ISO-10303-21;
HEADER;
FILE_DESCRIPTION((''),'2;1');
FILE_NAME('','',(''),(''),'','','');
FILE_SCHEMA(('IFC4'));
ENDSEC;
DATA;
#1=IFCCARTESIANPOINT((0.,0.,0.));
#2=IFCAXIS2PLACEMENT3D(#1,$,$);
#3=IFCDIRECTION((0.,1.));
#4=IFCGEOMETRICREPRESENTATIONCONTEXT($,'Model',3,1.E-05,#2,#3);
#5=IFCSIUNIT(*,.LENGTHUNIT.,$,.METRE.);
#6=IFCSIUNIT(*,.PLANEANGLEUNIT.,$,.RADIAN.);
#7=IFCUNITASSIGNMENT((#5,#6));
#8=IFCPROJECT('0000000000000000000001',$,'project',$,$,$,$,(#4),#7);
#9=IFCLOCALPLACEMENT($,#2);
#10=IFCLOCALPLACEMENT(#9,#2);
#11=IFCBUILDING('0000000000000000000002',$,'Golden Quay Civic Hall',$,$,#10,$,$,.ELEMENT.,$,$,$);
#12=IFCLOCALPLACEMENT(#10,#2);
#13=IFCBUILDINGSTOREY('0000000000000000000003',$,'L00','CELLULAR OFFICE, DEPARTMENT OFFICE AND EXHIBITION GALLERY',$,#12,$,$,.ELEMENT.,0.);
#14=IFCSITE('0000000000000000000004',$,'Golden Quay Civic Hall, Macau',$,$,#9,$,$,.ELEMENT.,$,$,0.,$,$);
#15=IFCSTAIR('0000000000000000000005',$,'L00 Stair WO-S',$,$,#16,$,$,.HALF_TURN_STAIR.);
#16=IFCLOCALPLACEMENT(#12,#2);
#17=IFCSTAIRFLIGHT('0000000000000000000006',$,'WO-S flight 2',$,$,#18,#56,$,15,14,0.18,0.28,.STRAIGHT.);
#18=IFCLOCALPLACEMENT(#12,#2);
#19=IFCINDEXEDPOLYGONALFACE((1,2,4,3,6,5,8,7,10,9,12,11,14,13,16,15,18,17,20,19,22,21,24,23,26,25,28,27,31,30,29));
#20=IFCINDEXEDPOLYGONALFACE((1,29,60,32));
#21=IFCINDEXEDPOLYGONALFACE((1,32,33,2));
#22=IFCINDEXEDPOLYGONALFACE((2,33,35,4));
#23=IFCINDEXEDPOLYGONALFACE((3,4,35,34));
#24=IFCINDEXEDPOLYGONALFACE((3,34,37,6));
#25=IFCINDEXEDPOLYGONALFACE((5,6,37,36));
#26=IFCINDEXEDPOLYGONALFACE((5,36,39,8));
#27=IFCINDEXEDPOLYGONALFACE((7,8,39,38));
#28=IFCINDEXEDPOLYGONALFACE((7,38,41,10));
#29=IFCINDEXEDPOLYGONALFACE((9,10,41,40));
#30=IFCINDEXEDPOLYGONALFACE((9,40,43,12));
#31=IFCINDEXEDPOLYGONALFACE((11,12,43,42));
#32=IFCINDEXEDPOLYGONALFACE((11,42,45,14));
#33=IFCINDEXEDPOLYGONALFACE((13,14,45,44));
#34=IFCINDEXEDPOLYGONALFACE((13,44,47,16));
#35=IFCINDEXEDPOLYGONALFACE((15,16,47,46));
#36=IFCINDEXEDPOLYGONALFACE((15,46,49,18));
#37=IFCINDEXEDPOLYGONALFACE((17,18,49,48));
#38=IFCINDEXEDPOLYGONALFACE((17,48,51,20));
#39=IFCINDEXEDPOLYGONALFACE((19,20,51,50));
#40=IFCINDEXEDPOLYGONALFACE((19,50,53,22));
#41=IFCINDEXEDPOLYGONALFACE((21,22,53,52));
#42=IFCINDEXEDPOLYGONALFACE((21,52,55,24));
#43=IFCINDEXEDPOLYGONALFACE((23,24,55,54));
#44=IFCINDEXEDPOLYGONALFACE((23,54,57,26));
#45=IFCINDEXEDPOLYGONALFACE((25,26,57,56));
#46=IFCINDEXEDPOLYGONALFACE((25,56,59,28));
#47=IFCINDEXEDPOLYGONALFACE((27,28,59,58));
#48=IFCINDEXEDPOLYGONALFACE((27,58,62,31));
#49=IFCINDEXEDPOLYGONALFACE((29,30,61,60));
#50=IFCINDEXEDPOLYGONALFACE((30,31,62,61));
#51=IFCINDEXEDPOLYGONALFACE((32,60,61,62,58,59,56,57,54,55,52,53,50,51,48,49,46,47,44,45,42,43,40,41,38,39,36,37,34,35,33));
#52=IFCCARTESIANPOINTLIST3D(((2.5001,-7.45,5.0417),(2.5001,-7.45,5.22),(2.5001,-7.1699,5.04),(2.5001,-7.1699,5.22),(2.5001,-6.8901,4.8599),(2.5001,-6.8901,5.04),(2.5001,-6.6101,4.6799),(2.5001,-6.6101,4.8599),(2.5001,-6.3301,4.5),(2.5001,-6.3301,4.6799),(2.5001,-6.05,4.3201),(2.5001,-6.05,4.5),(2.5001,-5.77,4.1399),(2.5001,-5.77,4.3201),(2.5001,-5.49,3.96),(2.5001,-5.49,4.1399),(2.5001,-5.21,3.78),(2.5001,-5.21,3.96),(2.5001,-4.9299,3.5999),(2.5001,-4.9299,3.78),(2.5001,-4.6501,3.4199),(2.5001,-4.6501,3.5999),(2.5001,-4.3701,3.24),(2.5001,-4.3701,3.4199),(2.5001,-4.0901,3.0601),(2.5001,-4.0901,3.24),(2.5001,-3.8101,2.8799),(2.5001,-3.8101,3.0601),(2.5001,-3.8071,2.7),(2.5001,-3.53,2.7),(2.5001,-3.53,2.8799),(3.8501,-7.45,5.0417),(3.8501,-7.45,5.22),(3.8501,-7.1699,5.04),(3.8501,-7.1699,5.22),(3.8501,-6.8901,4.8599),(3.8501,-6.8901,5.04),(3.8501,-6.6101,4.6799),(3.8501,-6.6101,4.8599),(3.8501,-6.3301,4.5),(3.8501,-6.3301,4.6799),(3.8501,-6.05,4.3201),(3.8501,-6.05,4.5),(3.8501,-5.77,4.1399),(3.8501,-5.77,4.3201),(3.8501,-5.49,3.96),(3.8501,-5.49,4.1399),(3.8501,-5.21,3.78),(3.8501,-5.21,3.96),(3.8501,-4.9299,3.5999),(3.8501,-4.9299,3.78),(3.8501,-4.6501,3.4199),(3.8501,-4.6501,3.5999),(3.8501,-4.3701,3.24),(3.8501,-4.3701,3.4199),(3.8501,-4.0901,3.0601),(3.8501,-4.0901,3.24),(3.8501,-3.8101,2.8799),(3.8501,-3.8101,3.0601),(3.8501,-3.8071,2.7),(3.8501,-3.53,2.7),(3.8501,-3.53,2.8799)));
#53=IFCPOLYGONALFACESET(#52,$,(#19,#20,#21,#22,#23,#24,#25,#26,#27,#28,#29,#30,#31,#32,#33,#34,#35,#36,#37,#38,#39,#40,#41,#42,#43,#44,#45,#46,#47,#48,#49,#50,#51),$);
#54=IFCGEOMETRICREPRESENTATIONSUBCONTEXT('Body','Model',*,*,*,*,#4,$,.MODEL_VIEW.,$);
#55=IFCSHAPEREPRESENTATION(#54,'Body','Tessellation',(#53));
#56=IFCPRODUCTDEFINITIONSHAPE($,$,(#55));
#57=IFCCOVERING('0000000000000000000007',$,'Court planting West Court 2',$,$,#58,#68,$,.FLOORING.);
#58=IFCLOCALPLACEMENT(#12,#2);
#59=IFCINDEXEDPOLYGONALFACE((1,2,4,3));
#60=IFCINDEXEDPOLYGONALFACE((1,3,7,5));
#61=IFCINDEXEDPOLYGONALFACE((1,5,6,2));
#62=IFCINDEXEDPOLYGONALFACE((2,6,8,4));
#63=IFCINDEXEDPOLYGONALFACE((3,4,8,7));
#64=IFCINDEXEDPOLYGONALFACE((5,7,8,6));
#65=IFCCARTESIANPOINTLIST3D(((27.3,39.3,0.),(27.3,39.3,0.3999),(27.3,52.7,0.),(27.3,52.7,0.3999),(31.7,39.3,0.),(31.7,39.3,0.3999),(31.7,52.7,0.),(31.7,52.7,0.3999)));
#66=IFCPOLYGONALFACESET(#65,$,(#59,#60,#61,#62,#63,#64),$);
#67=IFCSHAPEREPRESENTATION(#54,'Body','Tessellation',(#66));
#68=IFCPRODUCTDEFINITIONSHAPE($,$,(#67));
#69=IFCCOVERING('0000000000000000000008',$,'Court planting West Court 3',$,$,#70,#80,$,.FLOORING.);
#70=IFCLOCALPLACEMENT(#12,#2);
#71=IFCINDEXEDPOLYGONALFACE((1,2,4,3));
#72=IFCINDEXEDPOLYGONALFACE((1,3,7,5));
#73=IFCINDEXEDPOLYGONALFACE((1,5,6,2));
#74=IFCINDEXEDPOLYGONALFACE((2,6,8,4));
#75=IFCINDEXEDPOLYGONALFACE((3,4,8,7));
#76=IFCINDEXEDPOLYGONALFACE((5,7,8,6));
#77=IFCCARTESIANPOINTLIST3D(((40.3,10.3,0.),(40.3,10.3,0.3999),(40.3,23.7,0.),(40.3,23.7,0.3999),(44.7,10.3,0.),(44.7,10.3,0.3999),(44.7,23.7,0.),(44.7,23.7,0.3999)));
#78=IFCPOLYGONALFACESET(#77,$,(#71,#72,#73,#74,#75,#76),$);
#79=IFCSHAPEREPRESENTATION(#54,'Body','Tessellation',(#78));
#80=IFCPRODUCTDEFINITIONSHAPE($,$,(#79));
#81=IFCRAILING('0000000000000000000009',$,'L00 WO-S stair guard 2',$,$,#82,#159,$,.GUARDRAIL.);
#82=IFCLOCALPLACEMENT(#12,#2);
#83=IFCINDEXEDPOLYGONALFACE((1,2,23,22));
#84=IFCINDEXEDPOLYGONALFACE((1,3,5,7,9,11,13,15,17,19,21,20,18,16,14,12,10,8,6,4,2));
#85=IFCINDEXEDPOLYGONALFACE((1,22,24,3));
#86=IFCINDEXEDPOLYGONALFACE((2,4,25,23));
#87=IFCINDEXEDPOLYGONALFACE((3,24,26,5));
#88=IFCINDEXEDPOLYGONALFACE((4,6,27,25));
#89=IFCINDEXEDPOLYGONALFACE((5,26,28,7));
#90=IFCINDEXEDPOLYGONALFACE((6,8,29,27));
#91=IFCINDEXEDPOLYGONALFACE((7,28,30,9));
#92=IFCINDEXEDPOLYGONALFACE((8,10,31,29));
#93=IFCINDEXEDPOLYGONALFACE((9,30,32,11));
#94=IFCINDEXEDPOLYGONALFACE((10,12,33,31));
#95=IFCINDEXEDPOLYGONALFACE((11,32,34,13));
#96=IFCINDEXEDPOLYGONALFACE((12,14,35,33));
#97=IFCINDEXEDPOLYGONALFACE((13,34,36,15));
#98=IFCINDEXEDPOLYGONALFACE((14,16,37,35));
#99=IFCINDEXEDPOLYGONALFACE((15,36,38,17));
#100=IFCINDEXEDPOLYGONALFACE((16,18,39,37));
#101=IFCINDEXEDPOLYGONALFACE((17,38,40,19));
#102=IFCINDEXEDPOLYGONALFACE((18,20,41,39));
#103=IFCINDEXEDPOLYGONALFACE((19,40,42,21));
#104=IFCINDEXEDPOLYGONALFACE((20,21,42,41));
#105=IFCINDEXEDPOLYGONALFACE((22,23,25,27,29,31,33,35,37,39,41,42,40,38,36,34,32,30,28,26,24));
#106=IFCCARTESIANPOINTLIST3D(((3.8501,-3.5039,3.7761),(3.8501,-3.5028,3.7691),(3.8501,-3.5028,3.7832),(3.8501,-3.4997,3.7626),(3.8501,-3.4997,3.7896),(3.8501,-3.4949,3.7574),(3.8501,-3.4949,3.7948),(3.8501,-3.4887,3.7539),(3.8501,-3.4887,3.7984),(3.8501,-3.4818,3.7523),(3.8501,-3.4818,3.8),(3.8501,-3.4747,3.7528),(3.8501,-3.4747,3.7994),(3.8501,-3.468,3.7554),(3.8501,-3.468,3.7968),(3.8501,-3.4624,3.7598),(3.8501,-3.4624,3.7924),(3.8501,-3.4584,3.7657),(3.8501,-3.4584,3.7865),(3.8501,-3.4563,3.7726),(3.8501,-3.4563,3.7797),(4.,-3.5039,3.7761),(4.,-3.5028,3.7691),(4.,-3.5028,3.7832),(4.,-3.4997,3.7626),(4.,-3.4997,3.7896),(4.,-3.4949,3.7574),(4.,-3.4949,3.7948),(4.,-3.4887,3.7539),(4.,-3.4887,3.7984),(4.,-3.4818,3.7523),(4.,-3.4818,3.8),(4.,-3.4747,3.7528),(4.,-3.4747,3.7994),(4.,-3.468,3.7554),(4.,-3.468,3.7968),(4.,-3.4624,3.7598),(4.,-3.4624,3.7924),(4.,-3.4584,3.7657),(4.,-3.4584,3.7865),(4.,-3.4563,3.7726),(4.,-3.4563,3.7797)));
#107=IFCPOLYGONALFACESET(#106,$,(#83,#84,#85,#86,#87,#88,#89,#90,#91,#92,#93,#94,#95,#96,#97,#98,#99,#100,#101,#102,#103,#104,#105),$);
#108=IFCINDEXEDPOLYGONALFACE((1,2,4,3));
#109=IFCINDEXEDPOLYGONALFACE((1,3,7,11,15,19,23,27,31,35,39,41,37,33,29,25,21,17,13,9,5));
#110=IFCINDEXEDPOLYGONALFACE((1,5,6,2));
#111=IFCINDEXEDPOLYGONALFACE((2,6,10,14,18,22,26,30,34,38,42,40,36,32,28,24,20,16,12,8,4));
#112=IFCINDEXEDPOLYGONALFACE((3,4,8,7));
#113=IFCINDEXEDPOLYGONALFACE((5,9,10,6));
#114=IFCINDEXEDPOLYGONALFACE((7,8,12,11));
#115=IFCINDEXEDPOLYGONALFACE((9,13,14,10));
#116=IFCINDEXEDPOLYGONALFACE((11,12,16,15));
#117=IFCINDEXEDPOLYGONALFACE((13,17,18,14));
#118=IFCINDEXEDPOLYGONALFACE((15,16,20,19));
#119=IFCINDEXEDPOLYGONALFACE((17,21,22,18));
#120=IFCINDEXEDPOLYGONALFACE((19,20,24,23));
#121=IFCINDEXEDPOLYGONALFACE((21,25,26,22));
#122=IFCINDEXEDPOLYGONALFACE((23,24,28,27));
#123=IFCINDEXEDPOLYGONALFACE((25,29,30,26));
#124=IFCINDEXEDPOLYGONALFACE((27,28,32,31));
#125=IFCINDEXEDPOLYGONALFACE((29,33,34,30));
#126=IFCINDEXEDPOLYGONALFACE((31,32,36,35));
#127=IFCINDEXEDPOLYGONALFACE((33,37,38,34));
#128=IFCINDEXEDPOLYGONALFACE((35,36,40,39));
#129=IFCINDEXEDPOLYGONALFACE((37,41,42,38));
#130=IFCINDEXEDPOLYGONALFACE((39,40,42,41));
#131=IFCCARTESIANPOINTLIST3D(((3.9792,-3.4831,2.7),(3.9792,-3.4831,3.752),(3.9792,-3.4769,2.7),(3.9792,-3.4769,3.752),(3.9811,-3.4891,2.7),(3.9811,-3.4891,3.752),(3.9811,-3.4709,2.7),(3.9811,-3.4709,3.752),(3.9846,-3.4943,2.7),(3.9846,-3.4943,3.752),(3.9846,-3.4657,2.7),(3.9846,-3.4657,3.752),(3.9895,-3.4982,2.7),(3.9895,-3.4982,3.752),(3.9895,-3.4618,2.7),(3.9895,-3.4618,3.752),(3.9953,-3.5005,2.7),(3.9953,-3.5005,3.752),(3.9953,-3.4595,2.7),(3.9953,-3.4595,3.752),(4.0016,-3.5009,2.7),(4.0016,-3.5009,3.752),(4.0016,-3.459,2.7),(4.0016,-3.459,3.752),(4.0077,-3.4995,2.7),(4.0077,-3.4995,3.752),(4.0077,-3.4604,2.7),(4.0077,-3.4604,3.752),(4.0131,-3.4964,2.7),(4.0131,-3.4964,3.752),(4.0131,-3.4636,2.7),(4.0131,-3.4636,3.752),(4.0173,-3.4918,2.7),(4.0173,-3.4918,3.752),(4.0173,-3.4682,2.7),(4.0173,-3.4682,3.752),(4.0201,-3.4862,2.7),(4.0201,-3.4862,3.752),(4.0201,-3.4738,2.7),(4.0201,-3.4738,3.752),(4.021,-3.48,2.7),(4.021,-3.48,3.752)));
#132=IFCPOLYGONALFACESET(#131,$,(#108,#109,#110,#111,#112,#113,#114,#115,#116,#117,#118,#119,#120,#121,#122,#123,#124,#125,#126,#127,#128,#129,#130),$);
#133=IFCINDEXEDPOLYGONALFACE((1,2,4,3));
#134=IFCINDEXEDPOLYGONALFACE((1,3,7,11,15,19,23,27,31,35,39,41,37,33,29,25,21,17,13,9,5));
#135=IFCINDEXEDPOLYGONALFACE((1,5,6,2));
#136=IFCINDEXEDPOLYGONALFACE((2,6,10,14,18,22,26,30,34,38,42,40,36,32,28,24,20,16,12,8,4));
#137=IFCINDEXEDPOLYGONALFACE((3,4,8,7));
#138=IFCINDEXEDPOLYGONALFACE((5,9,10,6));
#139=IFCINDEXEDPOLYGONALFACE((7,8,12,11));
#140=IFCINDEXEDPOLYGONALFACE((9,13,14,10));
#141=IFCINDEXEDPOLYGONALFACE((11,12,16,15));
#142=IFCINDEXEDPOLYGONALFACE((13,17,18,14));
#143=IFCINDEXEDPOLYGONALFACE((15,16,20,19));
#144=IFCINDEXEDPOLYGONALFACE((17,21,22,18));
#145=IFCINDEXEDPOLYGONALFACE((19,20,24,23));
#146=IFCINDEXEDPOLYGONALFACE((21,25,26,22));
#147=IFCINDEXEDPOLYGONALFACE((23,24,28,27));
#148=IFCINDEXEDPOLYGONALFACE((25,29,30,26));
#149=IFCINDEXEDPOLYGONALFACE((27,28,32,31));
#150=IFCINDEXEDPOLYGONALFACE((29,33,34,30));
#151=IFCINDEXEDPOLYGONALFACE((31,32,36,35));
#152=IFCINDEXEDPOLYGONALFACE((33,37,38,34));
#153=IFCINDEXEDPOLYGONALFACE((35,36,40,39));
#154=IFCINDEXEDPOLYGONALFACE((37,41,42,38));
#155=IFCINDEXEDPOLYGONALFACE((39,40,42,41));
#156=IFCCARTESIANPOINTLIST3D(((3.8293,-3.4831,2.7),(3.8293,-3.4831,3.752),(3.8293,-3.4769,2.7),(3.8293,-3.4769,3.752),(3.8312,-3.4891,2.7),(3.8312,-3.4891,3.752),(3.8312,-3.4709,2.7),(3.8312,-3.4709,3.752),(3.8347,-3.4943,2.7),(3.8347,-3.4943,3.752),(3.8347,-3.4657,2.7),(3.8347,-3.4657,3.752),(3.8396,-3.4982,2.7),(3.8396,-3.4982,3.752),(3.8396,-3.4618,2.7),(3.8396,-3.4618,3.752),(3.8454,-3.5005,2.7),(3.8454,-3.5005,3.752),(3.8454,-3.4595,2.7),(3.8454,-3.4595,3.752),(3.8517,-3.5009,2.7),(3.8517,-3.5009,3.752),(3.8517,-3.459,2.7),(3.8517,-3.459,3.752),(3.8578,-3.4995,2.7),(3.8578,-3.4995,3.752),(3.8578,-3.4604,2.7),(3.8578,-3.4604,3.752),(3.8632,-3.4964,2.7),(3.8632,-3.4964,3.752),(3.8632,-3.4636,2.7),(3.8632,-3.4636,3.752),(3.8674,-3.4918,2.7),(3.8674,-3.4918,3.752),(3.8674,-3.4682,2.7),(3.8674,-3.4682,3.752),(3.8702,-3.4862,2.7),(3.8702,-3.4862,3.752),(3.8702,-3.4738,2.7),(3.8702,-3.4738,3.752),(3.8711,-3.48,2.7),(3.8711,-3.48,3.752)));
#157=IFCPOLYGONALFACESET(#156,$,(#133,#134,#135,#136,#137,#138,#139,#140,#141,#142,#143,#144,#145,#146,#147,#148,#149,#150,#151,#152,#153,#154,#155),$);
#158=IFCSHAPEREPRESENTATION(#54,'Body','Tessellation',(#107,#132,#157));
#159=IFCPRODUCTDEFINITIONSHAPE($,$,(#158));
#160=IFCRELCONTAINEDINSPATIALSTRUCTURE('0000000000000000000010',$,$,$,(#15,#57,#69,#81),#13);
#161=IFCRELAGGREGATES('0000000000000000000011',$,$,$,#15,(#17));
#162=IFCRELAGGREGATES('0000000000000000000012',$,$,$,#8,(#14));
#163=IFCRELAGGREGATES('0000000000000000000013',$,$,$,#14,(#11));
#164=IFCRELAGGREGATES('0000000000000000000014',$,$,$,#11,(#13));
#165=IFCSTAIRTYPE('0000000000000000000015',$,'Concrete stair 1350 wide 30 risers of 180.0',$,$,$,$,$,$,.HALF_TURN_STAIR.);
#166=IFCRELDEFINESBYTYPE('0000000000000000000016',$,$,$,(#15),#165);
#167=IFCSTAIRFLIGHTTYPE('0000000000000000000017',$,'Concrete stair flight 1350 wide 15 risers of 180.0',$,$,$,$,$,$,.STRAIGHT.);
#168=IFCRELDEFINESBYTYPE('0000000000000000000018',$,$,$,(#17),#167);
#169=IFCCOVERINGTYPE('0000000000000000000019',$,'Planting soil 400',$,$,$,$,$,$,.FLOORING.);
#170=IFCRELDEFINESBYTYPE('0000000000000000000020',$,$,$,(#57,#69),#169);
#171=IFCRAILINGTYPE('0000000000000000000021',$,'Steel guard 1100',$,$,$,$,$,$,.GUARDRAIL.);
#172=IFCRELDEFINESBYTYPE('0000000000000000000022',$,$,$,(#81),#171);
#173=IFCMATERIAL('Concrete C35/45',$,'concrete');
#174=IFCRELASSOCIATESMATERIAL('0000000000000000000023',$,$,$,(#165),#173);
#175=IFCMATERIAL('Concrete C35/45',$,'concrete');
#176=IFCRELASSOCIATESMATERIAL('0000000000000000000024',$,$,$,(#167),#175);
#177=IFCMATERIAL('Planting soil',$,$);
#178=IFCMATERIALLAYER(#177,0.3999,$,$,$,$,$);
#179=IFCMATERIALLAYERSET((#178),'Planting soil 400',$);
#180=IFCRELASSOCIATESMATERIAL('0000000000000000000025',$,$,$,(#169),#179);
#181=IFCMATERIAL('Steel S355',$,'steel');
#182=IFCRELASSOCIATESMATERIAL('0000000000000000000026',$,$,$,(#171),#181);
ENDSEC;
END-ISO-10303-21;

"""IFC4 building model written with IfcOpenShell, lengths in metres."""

from ifc_helpers import new_model, si_unit, direction, frame, origin, origin_2d, place, context, subcontext, project, spatial, polyline, circle, outline, extrude, material, layer, layer_set, type_object, element, aggregate, save


model = new_model("IFC4")

# Units and contexts
model_context = context("Model", 3, precision=1e-05, world=origin(), true_north=direction((0.0, 1.0)))
body_context = subcontext(model_context, "Body", "Model", "MODEL_VIEW")
ifc_project = project(units=[si_unit("LENGTHUNIT", "METRE"), si_unit("PLANEANGLEUNIT", "RADIAN")], contexts=[model_context])

# Site, building, storey
site_placement = place(None, origin())
site = spatial("IfcSite", under=ifc_project, at=site_placement, Name="Golden Quay Civic Hall, Macau", CompositionType="ELEMENT", RefElevation=0.0)
building_placement = place(site_placement, origin())
building = spatial("IfcBuilding", under=site, at=building_placement, Name="Golden Quay Civic Hall", CompositionType="ELEMENT")
storey_placement = place(building_placement, origin())
storey = spatial("IfcBuildingStorey", under=building, at=storey_placement, Name="L00", Description="CELLULAR OFFICE, DEPARTMENT OFFICE AND EXHIBITION GALLERY", CompositionType="ELEMENT", Elevation=0.0)

# Stair, stair flight
ifc_material_1 = material(Name="Concrete C35/45", Category="concrete")
stair_type = type_object("IfcStairType", Name="Concrete stair 1350 wide 30 risers of 180.0", PredefinedType="HALF_TURN_STAIR", material=ifc_material_1)
stair_placement = place(storey_placement, origin())
stair = element("IfcStair", 1, at=stair_placement, inside=storey, type_object=stair_type, Name="L00 Stair WO-S", PredefinedType="HALF_TURN_STAIR")
ifc_material_2 = material(Name="Concrete C35/45", Category="concrete")
stair_flight_type = type_object("IfcStairFlightType", Name="Concrete stair flight 1350 wide 15 risers of 180.0", PredefinedType="STRAIGHT", material=ifc_material_2)
stair_flight_placement = place(storey_placement, frame((3.175, -3.53, 2.7), z_axis=(0.0, 0.0, 1.0), x_axis=(0.0, -1.0, 0.0)))
stair_flight = element("IfcStairFlight", 2, at=stair_flight_placement, type_object=stair_flight_type, Name="WO-S flight 2", NumberOfRisers=15, NumberOfTreads=14, PredefinedType="STRAIGHT", RiserHeight=0.18, TreadLength=0.28, context=body_context, shape_type="SweptSolid", body=[
    extrude(outline(polyline([(0.0, 0.0), (0.0, 0.1799), (0.28, 0.1799), (0.28, 0.3601), (0.5601, 0.3601), (0.5601, 0.54), (0.8401, 0.54), (0.8401, 0.72), (1.1201, 0.72), (1.1201, 0.8999), (1.3999, 0.8999), (1.3999, 1.0801), (1.6799, 1.0801), (1.6799, 1.26), (1.96, 1.26), (1.96, 1.4399), (2.24, 1.4399), (2.24, 1.6201), (2.52, 1.6201), (2.52, 1.8), (2.8, 1.8), (2.8, 1.98), (3.0801, 1.98), (3.0801, 2.1599), (3.3601, 2.1599), (3.3601, 2.3401), (3.6399, 2.3401), (3.6399, 2.52), (3.9199, 2.52), (3.9199, 2.7), (3.9199, 2.3418), (0.2771, 0.0), (0.0, 0.0)])), frame((0.0, 0.675, 0.0), z_axis=(0.0, -1.0, 0.0), x_axis=(1.0, 0.0, 0.0)), (0.0, 0.0, 1.0), 1.35),
])
aggregate(stair, [stair_flight])

# Coverings
ifc_material_3 = material(Name="Planting soil")
ifc_layer_1 = layer(ifc_material_3, 0.3999)
ifc_layer_set_1 = layer_set([ifc_layer_1], Name="Planting soil 400")
covering_type = type_object("IfcCoveringType", Name="Planting soil 400", PredefinedType="FLOORING", material=ifc_layer_set_1)
covering_1_placement = place(storey_placement, origin())
element("IfcCovering", 3, at=covering_1_placement, inside=storey, type_object=covering_type, Name="Court planting West Court 2", PredefinedType="FLOORING", context=body_context, shape_type="SweptSolid", body=[
    extrude(outline(polyline([(27.3, 39.3), (31.7, 39.3), (31.7, 52.7), (27.3, 52.7), (27.3, 39.3)])), origin(), (0.0, 0.0, 1.0), 0.3999),
])
covering_2_placement = place(storey_placement, origin())
element("IfcCovering", 4, at=covering_2_placement, inside=storey, type_object=covering_type, Name="Court planting West Court 3", PredefinedType="FLOORING", context=body_context, shape_type="SweptSolid", body=[
    extrude(outline(polyline([(40.3, 10.3), (44.7, 10.3), (44.7, 23.7), (40.3, 23.7), (40.3, 10.3)])), origin(), (0.0, 0.0, 1.0), 0.3999),
])

# Railing
ifc_material_4 = material(Name="Steel S355", Category="steel")
railing_type_1 = type_object("IfcRailingType", Name="Steel guard 1100", PredefinedType="GUARDRAIL", material=ifc_material_4)
railing_1_placement = place(storey_placement, frame((4.0, -3.48, 2.7)))
element("IfcRailing", 5, at=railing_1_placement, inside=storey, type_object=railing_type_1, Name="L00 WO-S stair guard 2", PredefinedType="GUARDRAIL", context=body_context, shape_type="SweptSolid", body=[
    extrude(circle(Radius=0.0239, at=origin_2d()), frame((0.0, 0.0, 1.0762), z_axis=(-1.0, 0.0, 0.0), x_axis=(0.0, -1.0, 0.0)), (0.0, 0.0, 1.0), 0.1499),
    extrude(circle(Radius=0.021, at=origin_2d()), origin(), (0.0, 0.0, 1.0), 1.052),
    extrude(circle(Radius=0.021, at=origin_2d()), frame((-0.1499, 0.0, 0.0)), (0.0, 0.0, 1.0), 1.052),
])

save(model, "model.ifc")
